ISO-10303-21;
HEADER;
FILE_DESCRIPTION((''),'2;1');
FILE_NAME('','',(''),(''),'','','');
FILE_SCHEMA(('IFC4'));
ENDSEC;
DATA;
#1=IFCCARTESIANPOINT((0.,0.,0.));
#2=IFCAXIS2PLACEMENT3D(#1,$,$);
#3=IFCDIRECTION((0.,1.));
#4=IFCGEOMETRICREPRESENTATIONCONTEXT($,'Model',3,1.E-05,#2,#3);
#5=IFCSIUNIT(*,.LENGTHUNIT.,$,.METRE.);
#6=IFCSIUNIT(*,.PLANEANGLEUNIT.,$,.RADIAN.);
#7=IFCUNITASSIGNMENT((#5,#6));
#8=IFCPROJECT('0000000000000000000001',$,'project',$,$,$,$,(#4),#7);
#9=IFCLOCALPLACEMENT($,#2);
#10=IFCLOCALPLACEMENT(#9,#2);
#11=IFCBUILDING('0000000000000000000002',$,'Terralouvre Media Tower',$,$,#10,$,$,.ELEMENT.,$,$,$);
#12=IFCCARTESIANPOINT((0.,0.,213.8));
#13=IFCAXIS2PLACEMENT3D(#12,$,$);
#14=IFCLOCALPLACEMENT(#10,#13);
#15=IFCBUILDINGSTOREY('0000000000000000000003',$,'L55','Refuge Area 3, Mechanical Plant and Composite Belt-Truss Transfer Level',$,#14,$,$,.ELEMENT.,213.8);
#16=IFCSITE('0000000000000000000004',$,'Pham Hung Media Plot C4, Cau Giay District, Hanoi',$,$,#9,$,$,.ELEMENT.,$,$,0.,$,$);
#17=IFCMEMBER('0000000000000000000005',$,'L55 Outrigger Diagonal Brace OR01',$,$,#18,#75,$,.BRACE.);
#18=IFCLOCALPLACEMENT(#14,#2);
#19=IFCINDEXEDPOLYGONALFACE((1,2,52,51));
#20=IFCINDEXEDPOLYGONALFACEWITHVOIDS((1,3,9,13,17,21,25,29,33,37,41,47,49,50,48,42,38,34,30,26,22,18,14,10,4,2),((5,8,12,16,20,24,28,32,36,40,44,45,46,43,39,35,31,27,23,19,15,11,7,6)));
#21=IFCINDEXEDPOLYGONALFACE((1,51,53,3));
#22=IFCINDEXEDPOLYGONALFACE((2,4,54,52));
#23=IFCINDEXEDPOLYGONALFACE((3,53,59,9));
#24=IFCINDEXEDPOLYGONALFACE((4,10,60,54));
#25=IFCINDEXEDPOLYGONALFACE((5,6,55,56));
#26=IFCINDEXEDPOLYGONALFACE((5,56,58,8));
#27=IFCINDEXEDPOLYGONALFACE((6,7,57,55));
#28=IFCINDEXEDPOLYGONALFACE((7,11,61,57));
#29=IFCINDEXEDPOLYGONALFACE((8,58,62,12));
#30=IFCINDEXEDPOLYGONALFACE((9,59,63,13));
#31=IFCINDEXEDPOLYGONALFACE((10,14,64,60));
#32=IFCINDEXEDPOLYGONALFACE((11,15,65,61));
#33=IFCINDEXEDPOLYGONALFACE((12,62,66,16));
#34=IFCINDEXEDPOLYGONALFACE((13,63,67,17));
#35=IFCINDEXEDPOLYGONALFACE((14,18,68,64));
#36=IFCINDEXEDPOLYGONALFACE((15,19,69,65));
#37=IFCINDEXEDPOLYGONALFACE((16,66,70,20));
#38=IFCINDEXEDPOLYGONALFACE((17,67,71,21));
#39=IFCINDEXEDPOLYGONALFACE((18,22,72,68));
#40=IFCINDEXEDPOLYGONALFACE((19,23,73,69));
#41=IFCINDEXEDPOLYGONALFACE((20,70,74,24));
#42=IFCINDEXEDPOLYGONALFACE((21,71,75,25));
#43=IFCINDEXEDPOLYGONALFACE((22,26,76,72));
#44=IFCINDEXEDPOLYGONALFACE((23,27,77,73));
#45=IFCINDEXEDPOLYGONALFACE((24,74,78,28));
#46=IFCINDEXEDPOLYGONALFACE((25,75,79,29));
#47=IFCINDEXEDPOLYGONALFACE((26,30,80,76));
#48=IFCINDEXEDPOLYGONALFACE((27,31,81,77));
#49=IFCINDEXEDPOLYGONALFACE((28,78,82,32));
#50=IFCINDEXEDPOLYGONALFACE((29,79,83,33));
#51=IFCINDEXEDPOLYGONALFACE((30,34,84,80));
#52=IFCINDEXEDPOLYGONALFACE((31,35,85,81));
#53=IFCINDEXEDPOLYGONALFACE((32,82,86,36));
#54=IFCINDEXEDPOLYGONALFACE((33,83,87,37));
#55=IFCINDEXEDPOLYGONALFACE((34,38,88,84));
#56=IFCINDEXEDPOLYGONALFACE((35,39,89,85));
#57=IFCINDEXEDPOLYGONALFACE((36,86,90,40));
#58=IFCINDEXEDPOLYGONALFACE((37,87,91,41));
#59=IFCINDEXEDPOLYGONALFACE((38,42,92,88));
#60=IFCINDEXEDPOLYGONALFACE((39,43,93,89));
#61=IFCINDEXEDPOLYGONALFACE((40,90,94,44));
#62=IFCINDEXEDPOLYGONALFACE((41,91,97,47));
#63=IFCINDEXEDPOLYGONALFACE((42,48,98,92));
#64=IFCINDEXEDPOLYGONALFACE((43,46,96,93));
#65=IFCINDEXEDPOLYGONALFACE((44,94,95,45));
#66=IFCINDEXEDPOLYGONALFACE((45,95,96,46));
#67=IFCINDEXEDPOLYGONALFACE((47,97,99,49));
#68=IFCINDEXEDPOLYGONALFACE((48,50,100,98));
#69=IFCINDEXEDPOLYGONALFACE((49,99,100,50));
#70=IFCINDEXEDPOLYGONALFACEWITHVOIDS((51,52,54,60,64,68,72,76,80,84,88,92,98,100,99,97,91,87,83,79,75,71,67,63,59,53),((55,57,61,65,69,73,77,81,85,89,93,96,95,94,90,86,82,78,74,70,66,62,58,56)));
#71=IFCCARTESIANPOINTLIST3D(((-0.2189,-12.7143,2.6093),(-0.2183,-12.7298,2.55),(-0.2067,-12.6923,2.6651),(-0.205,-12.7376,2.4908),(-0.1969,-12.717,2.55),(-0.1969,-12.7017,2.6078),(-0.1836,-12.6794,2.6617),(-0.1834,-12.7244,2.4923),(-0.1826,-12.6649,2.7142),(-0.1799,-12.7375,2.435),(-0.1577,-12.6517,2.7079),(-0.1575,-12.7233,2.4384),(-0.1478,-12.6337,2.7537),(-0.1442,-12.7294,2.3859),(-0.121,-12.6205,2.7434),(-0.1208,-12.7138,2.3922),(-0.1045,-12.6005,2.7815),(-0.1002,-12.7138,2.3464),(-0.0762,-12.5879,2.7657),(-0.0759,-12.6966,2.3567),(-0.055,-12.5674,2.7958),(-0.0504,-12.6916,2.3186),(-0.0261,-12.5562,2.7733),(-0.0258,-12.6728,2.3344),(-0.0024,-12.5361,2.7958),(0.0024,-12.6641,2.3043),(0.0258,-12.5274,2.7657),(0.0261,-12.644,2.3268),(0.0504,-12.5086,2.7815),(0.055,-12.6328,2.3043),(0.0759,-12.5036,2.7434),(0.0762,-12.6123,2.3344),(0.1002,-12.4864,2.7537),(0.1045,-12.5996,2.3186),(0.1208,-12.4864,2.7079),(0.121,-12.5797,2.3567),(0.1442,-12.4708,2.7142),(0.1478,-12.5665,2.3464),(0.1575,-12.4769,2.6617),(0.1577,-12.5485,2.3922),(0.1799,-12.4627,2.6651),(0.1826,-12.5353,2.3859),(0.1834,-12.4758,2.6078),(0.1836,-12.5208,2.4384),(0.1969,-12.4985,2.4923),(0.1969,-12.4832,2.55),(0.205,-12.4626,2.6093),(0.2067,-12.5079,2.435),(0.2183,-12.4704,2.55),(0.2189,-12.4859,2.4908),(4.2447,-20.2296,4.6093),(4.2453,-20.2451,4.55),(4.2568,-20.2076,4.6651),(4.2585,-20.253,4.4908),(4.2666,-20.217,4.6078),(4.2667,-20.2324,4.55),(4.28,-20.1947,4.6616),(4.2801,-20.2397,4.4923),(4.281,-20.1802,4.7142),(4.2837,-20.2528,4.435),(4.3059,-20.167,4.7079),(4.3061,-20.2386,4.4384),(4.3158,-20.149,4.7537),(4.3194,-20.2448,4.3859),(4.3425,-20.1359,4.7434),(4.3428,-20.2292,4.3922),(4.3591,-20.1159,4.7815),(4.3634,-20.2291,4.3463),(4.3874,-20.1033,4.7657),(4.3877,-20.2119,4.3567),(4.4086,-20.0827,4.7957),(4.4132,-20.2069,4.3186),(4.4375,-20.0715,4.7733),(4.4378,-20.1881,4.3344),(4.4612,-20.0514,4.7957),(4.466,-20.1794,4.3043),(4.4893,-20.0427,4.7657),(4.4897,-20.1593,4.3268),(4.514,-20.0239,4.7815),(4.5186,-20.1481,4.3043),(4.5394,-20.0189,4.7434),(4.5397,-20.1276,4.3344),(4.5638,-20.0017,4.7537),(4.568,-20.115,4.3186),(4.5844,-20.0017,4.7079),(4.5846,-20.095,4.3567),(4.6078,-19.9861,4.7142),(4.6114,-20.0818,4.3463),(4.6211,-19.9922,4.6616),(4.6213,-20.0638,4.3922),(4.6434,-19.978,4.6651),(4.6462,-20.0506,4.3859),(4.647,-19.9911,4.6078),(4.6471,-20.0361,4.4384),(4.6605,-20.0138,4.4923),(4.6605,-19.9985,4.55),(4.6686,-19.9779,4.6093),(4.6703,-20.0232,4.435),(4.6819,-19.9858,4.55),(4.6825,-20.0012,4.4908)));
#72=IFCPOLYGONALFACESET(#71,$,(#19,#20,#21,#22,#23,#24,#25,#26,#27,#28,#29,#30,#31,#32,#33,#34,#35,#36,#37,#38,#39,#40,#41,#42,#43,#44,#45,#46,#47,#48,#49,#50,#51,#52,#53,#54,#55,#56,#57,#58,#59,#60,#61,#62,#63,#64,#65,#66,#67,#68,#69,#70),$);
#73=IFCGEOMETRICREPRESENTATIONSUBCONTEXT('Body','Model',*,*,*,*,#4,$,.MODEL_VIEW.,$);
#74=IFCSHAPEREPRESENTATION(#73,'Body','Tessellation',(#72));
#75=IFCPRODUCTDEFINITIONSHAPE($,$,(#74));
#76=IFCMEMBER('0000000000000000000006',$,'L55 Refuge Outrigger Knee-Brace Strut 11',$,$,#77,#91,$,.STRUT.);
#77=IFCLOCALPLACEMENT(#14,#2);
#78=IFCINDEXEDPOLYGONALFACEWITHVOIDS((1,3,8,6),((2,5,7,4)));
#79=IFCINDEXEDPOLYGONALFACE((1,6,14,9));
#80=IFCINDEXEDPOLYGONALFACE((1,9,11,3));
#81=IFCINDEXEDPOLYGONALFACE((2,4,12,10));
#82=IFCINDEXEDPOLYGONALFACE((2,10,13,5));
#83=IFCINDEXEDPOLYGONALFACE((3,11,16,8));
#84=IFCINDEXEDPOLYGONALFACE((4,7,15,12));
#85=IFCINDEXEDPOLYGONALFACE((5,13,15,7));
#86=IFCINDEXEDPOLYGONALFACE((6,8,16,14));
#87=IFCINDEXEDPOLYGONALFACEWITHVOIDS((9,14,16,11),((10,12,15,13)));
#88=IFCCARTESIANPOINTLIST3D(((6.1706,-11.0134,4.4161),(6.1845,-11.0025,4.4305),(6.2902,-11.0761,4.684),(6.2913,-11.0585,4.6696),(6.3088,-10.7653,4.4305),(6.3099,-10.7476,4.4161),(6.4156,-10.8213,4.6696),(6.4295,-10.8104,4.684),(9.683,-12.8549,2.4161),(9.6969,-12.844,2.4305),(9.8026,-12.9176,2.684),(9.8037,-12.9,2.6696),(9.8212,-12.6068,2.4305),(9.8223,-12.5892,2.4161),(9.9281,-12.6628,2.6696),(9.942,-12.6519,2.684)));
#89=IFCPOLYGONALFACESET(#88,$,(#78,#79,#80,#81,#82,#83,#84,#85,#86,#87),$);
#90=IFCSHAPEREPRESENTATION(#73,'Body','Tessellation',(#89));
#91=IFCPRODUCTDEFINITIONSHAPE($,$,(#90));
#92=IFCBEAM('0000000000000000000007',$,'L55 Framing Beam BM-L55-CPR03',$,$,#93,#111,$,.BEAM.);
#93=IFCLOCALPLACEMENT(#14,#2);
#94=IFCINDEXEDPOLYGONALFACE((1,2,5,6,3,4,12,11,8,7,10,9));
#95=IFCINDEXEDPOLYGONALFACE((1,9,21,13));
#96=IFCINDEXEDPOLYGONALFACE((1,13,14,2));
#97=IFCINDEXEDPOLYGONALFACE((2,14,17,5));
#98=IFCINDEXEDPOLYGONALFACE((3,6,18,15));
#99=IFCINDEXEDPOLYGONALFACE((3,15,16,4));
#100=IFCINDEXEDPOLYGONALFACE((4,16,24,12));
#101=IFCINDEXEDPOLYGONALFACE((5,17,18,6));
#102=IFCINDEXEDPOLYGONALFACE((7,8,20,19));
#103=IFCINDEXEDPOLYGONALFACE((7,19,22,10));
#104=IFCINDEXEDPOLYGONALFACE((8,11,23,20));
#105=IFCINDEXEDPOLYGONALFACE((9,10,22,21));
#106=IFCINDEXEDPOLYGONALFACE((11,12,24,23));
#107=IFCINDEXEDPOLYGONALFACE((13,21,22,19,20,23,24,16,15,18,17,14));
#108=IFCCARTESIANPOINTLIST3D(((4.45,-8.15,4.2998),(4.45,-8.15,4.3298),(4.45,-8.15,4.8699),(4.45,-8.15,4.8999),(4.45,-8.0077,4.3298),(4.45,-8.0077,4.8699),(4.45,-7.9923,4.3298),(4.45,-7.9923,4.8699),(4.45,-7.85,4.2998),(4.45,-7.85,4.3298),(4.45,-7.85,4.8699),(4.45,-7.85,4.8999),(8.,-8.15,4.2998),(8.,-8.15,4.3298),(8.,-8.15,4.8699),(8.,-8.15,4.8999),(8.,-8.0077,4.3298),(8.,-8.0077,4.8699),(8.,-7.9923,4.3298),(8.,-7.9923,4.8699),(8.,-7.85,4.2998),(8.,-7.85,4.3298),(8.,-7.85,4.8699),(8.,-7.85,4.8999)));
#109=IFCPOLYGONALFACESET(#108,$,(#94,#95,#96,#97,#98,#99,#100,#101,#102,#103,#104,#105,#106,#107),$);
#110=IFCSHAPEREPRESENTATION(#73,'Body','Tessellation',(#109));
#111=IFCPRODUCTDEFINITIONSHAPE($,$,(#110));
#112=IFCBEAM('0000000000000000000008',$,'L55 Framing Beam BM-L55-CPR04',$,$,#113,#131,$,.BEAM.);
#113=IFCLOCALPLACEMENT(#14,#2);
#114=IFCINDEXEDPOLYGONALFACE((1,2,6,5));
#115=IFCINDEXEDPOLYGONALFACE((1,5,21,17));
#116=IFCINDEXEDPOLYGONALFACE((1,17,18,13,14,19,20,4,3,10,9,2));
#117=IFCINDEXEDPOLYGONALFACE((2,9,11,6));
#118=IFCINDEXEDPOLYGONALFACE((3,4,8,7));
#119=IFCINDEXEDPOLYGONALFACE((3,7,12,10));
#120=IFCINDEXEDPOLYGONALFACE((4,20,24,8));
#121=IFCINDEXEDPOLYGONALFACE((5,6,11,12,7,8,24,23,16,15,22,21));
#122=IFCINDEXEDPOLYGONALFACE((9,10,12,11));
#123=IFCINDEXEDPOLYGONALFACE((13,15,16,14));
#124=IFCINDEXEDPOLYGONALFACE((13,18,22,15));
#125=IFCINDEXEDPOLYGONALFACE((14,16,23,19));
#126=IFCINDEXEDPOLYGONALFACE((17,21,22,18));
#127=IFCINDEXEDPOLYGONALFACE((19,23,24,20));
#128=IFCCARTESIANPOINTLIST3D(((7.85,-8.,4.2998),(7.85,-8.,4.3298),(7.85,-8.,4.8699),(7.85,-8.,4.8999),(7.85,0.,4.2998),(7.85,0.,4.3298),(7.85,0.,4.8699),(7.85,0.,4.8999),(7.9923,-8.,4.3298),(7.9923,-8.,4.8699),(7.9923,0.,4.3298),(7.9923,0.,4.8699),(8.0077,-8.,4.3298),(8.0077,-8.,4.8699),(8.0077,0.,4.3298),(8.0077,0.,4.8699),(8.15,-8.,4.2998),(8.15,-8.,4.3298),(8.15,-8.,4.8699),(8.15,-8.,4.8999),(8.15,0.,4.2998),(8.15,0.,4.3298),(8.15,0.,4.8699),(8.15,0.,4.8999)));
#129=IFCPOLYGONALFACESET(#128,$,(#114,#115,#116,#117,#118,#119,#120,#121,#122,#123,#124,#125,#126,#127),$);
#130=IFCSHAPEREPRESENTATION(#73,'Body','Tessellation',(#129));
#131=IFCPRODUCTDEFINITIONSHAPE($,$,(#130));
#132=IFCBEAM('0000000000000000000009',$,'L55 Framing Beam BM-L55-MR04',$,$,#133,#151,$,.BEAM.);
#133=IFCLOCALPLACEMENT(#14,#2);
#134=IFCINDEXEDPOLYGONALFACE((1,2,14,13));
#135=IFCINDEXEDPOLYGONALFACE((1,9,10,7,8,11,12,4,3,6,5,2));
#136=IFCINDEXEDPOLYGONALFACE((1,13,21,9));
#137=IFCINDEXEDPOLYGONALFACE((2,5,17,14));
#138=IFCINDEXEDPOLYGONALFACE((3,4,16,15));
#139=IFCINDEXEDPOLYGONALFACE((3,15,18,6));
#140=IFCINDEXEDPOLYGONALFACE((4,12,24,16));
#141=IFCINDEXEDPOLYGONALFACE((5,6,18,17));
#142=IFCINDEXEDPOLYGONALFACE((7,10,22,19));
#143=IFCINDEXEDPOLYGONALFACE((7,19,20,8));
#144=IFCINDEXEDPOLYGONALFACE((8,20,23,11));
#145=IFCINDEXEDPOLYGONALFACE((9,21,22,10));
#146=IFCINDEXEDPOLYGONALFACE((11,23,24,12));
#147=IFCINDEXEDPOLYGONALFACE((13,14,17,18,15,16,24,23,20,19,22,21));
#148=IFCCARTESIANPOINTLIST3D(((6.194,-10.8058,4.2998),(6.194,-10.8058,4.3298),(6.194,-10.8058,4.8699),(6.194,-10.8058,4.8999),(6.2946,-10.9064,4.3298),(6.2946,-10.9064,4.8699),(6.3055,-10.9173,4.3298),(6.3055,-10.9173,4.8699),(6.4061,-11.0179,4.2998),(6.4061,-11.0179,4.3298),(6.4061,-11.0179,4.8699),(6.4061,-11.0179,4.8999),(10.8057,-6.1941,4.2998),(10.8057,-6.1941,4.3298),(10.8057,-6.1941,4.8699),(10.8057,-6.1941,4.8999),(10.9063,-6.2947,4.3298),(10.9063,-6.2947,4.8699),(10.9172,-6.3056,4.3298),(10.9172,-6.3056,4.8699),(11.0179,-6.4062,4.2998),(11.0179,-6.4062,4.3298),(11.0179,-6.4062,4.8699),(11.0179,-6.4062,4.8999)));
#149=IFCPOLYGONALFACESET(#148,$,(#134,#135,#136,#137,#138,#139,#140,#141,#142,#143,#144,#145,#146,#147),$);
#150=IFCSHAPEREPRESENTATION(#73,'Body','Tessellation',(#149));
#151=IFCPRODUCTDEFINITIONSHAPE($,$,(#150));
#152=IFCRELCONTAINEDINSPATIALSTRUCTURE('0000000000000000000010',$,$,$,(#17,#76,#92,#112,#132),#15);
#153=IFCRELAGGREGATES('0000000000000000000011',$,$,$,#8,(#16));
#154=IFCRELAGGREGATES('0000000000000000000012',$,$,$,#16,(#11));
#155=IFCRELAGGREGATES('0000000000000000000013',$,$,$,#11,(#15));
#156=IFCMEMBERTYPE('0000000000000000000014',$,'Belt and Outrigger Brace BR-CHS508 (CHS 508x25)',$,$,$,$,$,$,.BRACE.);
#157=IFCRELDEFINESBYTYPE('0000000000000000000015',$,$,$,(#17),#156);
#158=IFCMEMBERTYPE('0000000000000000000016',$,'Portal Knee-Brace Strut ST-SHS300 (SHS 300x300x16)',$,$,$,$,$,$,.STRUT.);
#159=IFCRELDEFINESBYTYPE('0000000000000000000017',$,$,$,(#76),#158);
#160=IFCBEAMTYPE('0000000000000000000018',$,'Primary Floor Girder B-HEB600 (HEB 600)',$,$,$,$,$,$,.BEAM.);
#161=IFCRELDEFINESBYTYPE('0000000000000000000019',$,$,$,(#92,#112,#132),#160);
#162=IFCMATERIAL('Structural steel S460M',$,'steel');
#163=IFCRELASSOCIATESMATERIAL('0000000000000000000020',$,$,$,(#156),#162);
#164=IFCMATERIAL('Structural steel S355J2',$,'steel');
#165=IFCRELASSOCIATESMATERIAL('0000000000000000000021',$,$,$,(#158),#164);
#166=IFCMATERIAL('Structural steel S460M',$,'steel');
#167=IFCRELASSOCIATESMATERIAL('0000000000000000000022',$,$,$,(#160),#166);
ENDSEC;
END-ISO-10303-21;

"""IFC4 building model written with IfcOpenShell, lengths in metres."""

from ifc_helpers import new_model, si_unit, direction, frame, origin, origin_2d, place, context, subcontext, project, spatial, hollow_rectangle, hollow_circle, i_section, extrude, material, material_profile, profile_set, type_object, element, save


model = new_model("IFC4")

# Units and contexts
model_context = context("Model", 3, precision=1e-05, world=origin(), true_north=direction((0.0, 1.0)))
body_context = subcontext(model_context, "Body", "Model", "MODEL_VIEW")
ifc_project = project(units=[si_unit("LENGTHUNIT", "METRE"), si_unit("PLANEANGLEUNIT", "RADIAN")], contexts=[model_context])

# Site, building, storey
site_placement = place(None, origin())
site = spatial("IfcSite", under=ifc_project, at=site_placement, Name="Pham Hung Media Plot C4, Cau Giay District, Hanoi", CompositionType="ELEMENT", RefElevation=0.0)
building_placement = place(site_placement, origin())
building = spatial("IfcBuilding", under=site, at=building_placement, Name="Terralouvre Media Tower", CompositionType="ELEMENT")
storey_placement = place(building_placement, frame((0.0, 0.0, 213.8)))
storey = spatial("IfcBuildingStorey", under=building, at=storey_placement, Name="L55", Description="Refuge Area 3, Mechanical Plant and Composite Belt-Truss Transfer Level", CompositionType="ELEMENT", Elevation=213.8)

# Members
ifc_material_1 = material(Name="Structural steel S460M", Category="steel")
ifc_material_profile_1 = material_profile(ifc_material_1, hollow_circle(Radius=0.2539, WallThickness=0.0249, at=origin_2d()), Name="CHS 508x25")
ifc_profile_set_1 = profile_set([ifc_material_profile_1], Name="Structural steel S460M")
member_type_1 = type_object("IfcMemberType", Name="Belt and Outrigger Brace BR-CHS508 (CHS 508x25)", PredefinedType="BRACE", material=ifc_profile_set_1)
member_1_placement = place(storey_placement, frame((0.0, -12.6001, 2.55), z_axis=(0.49779, -0.838127, 0.223043), x_axis=(0.859786, 0.510654, 0.0)))
element("IfcMember", 1, at=member_1_placement, inside=storey, type_object=member_type_1, Name="L55 Outrigger Diagonal Brace OR01", PredefinedType="BRACE", context=body_context, shape_type="SweptSolid", body=[
    extrude(hollow_circle(Radius=0.2539, WallThickness=0.0249, at=origin_2d()), origin(), (0.0, 0.0, 1.0), 8.9668),
])
ifc_material_2 = material(Name="Structural steel S355J2", Category="steel")
ifc_material_profile_2 = material_profile(ifc_material_2, hollow_rectangle(XDim=0.3, YDim=0.3, WallThickness=0.0161, at=origin_2d()), Name="SHS 300x300x16")
ifc_profile_set_2 = profile_set([ifc_material_profile_2], Name="Structural steel S355J2")
member_type_2 = type_object("IfcMemberType", Name="Portal Knee-Brace Strut ST-SHS300 (SHS 300x300x16)", PredefinedType="STRUT", material=ifc_profile_set_2)
member_2_placement = place(storey_placement, frame((6.3, -10.9119, 4.55), z_axis=(0.790791, -0.414606, -0.450279), x_axis=(0.464343, 0.885656, 0.0)))
element("IfcMember", 2, at=member_2_placement, inside=storey, type_object=member_type_2, Name="L55 Refuge Outrigger Knee-Brace Strut 11", PredefinedType="STRUT", context=body_context, shape_type="SweptSolid", body=[
    extrude(hollow_rectangle(XDim=0.3, YDim=0.3, WallThickness=0.0161, at=origin_2d()), origin(), (0.0, 0.0, 1.0), 4.4417),
])

# Beams
ifc_material_3 = material(Name="Structural steel S460M", Category="steel")
ifc_material_profile_3 = material_profile(ifc_material_3, i_section(OverallWidth=0.3, OverallDepth=0.6001, WebThickness=0.0154, FlangeThickness=0.03, at=origin_2d()), Name="HEB 600")
ifc_profile_set_3 = profile_set([ifc_material_profile_3], Name="Structural steel S460M")
beam_type_1 = type_object("IfcBeamType", Name="Primary Floor Girder B-HEB600 (HEB 600)", PredefinedType="BEAM", material=ifc_profile_set_3)
beam_1_placement = place(storey_placement, frame((4.45, -8.0, 4.5999), z_axis=(1.0, 0.0, 0.0), x_axis=(0.0, 1.0, 0.0)))
element("IfcBeam", 3, at=beam_1_placement, inside=storey, type_object=beam_type_1, Name="L55 Framing Beam BM-L55-CPR03", PredefinedType="BEAM", context=body_context, shape_type="SweptSolid", body=[
    extrude(i_section(OverallWidth=0.3, OverallDepth=0.6001, WebThickness=0.0154, FlangeThickness=0.03, at=origin_2d()), origin(), (0.0, 0.0, 1.0), 3.55),
])
beam_2_placement = place(storey_placement, frame((8.0, -8.0, 4.5999), z_axis=(0.0, 1.0, 0.0), x_axis=(-1.0, 0.0, 0.0)))
element("IfcBeam", 4, at=beam_2_placement, inside=storey, type_object=beam_type_1, Name="L55 Framing Beam BM-L55-CPR04", PredefinedType="BEAM", context=body_context, shape_type="SweptSolid", body=[
    extrude(i_section(OverallWidth=0.3, OverallDepth=0.6001, WebThickness=0.0154, FlangeThickness=0.03, at=origin_2d()), origin(), (0.0, 0.0, 1.0), 8.0),
])
beam_3_placement = place(storey_placement, frame((6.3, -10.9119, 4.5999), z_axis=(0.707107, 0.707107, 0.0), x_axis=(-0.707107, 0.707107, 0.0)))
element("IfcBeam", 5, at=beam_3_placement, inside=storey, type_object=beam_type_1, Name="L55 Framing Beam BM-L55-MR04", PredefinedType="BEAM", context=body_context, shape_type="SweptSolid", body=[
    extrude(i_section(OverallWidth=0.3, OverallDepth=0.6001, WebThickness=0.0154, FlangeThickness=0.03, at=origin_2d()), origin(), (0.0, 0.0, 1.0), 6.522),
])

save(model, "model.ifc")
